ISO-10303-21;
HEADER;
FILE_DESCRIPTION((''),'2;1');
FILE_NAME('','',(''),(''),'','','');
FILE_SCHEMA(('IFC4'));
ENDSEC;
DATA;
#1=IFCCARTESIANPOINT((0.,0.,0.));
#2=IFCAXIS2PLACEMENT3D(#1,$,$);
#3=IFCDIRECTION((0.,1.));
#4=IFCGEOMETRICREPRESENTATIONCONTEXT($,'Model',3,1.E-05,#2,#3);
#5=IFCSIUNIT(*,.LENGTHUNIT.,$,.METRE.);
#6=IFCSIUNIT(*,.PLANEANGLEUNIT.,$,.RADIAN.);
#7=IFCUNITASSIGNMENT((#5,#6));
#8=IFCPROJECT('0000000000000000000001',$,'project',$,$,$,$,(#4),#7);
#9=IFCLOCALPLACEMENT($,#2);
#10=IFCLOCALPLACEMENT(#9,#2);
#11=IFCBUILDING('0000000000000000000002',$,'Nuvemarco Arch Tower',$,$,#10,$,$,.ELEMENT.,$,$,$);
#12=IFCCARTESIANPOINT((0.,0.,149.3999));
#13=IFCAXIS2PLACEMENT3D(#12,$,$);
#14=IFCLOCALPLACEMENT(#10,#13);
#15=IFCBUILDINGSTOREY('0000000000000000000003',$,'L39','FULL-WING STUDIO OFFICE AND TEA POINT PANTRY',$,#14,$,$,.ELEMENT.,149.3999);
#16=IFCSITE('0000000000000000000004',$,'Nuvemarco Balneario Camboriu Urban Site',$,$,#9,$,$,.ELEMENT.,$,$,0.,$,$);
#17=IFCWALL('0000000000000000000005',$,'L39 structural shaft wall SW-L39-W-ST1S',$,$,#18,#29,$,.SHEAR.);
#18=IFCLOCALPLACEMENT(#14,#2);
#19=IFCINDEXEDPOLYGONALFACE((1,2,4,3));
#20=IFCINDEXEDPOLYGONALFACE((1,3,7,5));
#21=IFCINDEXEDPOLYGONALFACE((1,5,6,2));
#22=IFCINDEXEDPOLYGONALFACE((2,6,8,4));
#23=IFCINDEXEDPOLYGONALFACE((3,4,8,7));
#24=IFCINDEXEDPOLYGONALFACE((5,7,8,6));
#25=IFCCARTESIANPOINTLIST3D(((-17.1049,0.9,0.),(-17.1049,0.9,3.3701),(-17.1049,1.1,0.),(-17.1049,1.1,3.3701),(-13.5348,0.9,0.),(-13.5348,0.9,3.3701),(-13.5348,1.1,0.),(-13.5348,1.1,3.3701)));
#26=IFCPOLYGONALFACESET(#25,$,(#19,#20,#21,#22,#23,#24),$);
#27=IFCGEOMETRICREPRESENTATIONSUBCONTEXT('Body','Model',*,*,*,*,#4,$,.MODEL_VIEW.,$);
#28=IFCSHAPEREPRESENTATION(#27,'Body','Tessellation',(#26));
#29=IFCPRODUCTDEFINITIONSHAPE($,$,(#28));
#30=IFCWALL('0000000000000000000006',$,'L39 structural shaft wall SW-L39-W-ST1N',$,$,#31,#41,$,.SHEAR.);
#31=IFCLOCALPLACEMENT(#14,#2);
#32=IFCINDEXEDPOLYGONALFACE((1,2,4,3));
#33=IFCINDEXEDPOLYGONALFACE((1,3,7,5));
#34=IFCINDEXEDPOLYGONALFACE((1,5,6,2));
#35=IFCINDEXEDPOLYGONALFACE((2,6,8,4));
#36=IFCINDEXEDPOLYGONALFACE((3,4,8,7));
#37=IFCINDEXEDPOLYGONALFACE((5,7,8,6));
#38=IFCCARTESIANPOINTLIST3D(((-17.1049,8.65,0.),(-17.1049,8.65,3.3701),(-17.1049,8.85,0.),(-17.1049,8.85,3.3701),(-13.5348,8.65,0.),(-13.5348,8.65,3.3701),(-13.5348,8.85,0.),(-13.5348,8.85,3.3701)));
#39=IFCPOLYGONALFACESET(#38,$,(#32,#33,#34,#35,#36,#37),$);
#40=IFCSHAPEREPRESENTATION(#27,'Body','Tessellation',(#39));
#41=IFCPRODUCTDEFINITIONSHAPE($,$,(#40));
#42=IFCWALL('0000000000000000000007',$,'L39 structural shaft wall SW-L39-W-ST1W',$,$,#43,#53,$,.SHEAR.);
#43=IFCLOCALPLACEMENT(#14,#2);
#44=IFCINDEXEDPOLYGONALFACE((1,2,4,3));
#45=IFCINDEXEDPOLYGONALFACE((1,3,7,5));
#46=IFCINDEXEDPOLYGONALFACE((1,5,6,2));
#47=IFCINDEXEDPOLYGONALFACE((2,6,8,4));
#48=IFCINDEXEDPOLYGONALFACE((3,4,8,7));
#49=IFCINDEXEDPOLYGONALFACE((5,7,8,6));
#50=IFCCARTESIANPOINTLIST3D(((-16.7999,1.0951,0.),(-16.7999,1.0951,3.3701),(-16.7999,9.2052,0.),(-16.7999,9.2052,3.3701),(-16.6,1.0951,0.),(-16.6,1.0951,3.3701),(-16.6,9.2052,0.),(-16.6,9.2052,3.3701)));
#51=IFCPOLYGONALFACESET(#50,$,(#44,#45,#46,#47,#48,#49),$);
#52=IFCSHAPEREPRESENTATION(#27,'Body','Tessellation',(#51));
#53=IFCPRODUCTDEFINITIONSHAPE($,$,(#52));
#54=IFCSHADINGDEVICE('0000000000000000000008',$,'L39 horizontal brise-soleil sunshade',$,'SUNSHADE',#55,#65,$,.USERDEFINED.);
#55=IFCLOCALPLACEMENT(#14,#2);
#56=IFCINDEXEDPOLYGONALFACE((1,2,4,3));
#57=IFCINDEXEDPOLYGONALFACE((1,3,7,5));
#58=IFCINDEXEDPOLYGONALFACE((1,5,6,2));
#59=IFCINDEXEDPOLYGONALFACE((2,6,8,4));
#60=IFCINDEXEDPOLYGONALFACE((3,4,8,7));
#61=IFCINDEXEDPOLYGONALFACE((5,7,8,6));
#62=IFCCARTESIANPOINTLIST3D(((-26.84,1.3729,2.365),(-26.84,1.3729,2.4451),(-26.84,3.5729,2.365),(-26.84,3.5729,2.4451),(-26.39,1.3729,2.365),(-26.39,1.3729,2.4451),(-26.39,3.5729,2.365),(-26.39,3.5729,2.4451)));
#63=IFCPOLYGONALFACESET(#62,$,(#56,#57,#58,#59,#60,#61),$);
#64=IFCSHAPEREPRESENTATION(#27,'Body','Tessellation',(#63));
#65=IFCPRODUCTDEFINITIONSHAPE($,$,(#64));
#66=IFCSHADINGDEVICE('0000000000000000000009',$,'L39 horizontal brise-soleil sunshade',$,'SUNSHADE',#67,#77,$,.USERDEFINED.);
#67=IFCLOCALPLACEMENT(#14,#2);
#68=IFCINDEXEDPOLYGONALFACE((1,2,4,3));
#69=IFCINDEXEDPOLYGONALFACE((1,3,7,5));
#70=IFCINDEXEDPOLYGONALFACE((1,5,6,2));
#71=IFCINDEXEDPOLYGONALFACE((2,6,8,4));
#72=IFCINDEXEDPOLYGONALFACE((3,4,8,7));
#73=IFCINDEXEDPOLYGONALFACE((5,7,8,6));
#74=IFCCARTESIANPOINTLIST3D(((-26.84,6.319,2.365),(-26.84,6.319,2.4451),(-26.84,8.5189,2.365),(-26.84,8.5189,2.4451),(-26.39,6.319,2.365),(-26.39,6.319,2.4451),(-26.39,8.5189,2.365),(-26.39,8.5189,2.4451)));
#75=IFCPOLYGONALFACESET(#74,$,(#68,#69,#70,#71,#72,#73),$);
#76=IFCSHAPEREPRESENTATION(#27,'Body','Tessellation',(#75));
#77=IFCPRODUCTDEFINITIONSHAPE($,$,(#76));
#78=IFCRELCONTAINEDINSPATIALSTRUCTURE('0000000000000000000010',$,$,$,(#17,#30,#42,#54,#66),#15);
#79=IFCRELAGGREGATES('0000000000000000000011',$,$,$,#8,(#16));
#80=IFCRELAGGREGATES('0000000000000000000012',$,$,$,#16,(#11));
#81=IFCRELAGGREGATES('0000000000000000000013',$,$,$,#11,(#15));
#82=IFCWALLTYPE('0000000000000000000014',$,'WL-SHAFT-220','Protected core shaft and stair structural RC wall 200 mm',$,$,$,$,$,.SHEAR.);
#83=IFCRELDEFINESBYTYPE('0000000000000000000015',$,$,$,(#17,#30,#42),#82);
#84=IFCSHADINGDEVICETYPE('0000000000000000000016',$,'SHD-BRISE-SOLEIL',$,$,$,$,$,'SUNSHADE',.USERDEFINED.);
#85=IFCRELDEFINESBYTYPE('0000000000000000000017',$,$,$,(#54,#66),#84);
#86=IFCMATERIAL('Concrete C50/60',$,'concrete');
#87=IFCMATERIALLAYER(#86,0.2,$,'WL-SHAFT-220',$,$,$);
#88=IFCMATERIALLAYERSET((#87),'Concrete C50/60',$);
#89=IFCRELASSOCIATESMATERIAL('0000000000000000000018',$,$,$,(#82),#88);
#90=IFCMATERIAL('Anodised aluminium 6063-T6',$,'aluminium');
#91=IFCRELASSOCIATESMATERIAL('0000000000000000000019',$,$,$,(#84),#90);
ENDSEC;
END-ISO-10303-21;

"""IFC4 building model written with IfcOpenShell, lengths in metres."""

from ifc_helpers import new_model, si_unit, direction, frame, frame_2d, origin, origin_2d, place, context, subcontext, project, spatial, rectangle, extrude, source, transform, mapped, material, layer, layer_set, type_object, type_shapes, element, save


model = new_model("IFC4")

# Units and contexts
model_context = context("Model", 3, precision=1e-05, world=origin(), true_north=direction((0.0, 1.0)))
body_context = subcontext(model_context, "Body", "Model", "MODEL_VIEW")
ifc_project = project(units=[si_unit("LENGTHUNIT", "METRE"), si_unit("PLANEANGLEUNIT", "RADIAN")], contexts=[model_context])

# Site, building, storey
site_placement = place(None, origin())
site = spatial("IfcSite", under=ifc_project, at=site_placement, Name="Nuvemarco Balneario Camboriu Urban Site", CompositionType="ELEMENT", RefElevation=0.0)
building_placement = place(site_placement, origin())
building = spatial("IfcBuilding", under=site, at=building_placement, Name="Nuvemarco Arch Tower", CompositionType="ELEMENT")
storey_placement = place(building_placement, frame((0.0, 0.0, 149.3999)))
storey = spatial("IfcBuildingStorey", under=building, at=storey_placement, Name="L39", Description="FULL-WING STUDIO OFFICE AND TEA POINT PANTRY", CompositionType="ELEMENT", Elevation=149.3999)

# Shared definitions
ifc_material_1 = material(Name="Concrete C50/60", Category="concrete")

# Walls
ifc_layer_1 = layer(ifc_material_1, 0.2, Name="WL-SHAFT-220")
ifc_layer_set_1 = layer_set([ifc_layer_1], Name="Concrete C50/60")
wall_type_1 = type_object("IfcWallType", Name="WL-SHAFT-220", Description="Protected core shaft and stair structural RC wall 200 mm", PredefinedType="SHEAR", material=ifc_layer_set_1)
for number, where, z_axis, x_axis, name in (
    (1, (-17.105, 1.0, 0.0), (0.0, 0.0, 1.0), (1.0, 0.0, 0.0), "L39 structural shaft wall SW-L39-W-ST1S"),
    (2, (-17.105, 8.75, 0.0), (0.0, 0.0, 1.0), (1.0, 0.0, 0.0), "L39 structural shaft wall SW-L39-W-ST1N"),
):
    element("IfcWall", number, at=place(storey_placement, frame(where, z_axis=z_axis, x_axis=x_axis)), inside=storey, type_object=wall_type_1, Name=name, PredefinedType="SHEAR", context=body_context, shape_type="SweptSolid", body=[
        extrude(rectangle(XDim=3.5701, YDim=0.2, at=frame_2d((1.7852, 0.0))), origin(), (0.0, 0.0, 1.0), 3.3701),
    ])
wall_1_placement = place(storey_placement, frame((-16.7, 1.095, 0.0), z_axis=(0.0, 0.0, 1.0), x_axis=(0.0, 1.0, 0.0)))
element("IfcWall", 3, at=wall_1_placement, inside=storey, type_object=wall_type_1, Name="L39 structural shaft wall SW-L39-W-ST1W", PredefinedType="SHEAR", context=body_context, shape_type="SweptSolid", body=[
    extrude(rectangle(XDim=8.1101, YDim=0.2, at=frame_2d((4.0552, 0.0))), origin(), (0.0, 0.0, 1.0), 3.3701),
])

# Shading devices
ifc_material_2 = material(Name="Anodised aluminium 6063-T6", Category="aluminium")
shading_device_type = type_object("IfcShadingDeviceType", Name="SHD-BRISE-SOLEIL", ElementType="SUNSHADE", PredefinedType="USERDEFINED", material=ifc_material_2)
shared_shape = source(origin(), body_context, "Body", "SweptSolid", [
    extrude(rectangle(XDim=2.2, YDim=0.45, at=origin_2d()), origin(), (0.0, 0.0, 1.0), 0.0801),
])
type_shapes(shading_device_type, [shared_shape])
for number, where, z_axis, x_axis, name in (
    (4, (-26.615, 2.4729, 2.365), (0.0, 0.0, 1.0), (0.0, 1.0, 0.0), "L39 horizontal brise-soleil sunshade"),
    (5, (-26.615, 7.4189, 2.365), (0.0, 0.0, 1.0), (0.0, 1.0, 0.0), "L39 horizontal brise-soleil sunshade"),
):
    element("IfcShadingDevice", number, at=place(storey_placement, frame(where, z_axis=z_axis, x_axis=x_axis)), inside=storey, type_object=shading_device_type, Name=name, ObjectType="SUNSHADE", PredefinedType="USERDEFINED", context=body_context, shape_type="MappedRepresentation", body=[
        mapped(shared_shape, transform((0.0, 0.0, 0.0), scale=1.0)),
    ])

save(model, "model.ifc")
